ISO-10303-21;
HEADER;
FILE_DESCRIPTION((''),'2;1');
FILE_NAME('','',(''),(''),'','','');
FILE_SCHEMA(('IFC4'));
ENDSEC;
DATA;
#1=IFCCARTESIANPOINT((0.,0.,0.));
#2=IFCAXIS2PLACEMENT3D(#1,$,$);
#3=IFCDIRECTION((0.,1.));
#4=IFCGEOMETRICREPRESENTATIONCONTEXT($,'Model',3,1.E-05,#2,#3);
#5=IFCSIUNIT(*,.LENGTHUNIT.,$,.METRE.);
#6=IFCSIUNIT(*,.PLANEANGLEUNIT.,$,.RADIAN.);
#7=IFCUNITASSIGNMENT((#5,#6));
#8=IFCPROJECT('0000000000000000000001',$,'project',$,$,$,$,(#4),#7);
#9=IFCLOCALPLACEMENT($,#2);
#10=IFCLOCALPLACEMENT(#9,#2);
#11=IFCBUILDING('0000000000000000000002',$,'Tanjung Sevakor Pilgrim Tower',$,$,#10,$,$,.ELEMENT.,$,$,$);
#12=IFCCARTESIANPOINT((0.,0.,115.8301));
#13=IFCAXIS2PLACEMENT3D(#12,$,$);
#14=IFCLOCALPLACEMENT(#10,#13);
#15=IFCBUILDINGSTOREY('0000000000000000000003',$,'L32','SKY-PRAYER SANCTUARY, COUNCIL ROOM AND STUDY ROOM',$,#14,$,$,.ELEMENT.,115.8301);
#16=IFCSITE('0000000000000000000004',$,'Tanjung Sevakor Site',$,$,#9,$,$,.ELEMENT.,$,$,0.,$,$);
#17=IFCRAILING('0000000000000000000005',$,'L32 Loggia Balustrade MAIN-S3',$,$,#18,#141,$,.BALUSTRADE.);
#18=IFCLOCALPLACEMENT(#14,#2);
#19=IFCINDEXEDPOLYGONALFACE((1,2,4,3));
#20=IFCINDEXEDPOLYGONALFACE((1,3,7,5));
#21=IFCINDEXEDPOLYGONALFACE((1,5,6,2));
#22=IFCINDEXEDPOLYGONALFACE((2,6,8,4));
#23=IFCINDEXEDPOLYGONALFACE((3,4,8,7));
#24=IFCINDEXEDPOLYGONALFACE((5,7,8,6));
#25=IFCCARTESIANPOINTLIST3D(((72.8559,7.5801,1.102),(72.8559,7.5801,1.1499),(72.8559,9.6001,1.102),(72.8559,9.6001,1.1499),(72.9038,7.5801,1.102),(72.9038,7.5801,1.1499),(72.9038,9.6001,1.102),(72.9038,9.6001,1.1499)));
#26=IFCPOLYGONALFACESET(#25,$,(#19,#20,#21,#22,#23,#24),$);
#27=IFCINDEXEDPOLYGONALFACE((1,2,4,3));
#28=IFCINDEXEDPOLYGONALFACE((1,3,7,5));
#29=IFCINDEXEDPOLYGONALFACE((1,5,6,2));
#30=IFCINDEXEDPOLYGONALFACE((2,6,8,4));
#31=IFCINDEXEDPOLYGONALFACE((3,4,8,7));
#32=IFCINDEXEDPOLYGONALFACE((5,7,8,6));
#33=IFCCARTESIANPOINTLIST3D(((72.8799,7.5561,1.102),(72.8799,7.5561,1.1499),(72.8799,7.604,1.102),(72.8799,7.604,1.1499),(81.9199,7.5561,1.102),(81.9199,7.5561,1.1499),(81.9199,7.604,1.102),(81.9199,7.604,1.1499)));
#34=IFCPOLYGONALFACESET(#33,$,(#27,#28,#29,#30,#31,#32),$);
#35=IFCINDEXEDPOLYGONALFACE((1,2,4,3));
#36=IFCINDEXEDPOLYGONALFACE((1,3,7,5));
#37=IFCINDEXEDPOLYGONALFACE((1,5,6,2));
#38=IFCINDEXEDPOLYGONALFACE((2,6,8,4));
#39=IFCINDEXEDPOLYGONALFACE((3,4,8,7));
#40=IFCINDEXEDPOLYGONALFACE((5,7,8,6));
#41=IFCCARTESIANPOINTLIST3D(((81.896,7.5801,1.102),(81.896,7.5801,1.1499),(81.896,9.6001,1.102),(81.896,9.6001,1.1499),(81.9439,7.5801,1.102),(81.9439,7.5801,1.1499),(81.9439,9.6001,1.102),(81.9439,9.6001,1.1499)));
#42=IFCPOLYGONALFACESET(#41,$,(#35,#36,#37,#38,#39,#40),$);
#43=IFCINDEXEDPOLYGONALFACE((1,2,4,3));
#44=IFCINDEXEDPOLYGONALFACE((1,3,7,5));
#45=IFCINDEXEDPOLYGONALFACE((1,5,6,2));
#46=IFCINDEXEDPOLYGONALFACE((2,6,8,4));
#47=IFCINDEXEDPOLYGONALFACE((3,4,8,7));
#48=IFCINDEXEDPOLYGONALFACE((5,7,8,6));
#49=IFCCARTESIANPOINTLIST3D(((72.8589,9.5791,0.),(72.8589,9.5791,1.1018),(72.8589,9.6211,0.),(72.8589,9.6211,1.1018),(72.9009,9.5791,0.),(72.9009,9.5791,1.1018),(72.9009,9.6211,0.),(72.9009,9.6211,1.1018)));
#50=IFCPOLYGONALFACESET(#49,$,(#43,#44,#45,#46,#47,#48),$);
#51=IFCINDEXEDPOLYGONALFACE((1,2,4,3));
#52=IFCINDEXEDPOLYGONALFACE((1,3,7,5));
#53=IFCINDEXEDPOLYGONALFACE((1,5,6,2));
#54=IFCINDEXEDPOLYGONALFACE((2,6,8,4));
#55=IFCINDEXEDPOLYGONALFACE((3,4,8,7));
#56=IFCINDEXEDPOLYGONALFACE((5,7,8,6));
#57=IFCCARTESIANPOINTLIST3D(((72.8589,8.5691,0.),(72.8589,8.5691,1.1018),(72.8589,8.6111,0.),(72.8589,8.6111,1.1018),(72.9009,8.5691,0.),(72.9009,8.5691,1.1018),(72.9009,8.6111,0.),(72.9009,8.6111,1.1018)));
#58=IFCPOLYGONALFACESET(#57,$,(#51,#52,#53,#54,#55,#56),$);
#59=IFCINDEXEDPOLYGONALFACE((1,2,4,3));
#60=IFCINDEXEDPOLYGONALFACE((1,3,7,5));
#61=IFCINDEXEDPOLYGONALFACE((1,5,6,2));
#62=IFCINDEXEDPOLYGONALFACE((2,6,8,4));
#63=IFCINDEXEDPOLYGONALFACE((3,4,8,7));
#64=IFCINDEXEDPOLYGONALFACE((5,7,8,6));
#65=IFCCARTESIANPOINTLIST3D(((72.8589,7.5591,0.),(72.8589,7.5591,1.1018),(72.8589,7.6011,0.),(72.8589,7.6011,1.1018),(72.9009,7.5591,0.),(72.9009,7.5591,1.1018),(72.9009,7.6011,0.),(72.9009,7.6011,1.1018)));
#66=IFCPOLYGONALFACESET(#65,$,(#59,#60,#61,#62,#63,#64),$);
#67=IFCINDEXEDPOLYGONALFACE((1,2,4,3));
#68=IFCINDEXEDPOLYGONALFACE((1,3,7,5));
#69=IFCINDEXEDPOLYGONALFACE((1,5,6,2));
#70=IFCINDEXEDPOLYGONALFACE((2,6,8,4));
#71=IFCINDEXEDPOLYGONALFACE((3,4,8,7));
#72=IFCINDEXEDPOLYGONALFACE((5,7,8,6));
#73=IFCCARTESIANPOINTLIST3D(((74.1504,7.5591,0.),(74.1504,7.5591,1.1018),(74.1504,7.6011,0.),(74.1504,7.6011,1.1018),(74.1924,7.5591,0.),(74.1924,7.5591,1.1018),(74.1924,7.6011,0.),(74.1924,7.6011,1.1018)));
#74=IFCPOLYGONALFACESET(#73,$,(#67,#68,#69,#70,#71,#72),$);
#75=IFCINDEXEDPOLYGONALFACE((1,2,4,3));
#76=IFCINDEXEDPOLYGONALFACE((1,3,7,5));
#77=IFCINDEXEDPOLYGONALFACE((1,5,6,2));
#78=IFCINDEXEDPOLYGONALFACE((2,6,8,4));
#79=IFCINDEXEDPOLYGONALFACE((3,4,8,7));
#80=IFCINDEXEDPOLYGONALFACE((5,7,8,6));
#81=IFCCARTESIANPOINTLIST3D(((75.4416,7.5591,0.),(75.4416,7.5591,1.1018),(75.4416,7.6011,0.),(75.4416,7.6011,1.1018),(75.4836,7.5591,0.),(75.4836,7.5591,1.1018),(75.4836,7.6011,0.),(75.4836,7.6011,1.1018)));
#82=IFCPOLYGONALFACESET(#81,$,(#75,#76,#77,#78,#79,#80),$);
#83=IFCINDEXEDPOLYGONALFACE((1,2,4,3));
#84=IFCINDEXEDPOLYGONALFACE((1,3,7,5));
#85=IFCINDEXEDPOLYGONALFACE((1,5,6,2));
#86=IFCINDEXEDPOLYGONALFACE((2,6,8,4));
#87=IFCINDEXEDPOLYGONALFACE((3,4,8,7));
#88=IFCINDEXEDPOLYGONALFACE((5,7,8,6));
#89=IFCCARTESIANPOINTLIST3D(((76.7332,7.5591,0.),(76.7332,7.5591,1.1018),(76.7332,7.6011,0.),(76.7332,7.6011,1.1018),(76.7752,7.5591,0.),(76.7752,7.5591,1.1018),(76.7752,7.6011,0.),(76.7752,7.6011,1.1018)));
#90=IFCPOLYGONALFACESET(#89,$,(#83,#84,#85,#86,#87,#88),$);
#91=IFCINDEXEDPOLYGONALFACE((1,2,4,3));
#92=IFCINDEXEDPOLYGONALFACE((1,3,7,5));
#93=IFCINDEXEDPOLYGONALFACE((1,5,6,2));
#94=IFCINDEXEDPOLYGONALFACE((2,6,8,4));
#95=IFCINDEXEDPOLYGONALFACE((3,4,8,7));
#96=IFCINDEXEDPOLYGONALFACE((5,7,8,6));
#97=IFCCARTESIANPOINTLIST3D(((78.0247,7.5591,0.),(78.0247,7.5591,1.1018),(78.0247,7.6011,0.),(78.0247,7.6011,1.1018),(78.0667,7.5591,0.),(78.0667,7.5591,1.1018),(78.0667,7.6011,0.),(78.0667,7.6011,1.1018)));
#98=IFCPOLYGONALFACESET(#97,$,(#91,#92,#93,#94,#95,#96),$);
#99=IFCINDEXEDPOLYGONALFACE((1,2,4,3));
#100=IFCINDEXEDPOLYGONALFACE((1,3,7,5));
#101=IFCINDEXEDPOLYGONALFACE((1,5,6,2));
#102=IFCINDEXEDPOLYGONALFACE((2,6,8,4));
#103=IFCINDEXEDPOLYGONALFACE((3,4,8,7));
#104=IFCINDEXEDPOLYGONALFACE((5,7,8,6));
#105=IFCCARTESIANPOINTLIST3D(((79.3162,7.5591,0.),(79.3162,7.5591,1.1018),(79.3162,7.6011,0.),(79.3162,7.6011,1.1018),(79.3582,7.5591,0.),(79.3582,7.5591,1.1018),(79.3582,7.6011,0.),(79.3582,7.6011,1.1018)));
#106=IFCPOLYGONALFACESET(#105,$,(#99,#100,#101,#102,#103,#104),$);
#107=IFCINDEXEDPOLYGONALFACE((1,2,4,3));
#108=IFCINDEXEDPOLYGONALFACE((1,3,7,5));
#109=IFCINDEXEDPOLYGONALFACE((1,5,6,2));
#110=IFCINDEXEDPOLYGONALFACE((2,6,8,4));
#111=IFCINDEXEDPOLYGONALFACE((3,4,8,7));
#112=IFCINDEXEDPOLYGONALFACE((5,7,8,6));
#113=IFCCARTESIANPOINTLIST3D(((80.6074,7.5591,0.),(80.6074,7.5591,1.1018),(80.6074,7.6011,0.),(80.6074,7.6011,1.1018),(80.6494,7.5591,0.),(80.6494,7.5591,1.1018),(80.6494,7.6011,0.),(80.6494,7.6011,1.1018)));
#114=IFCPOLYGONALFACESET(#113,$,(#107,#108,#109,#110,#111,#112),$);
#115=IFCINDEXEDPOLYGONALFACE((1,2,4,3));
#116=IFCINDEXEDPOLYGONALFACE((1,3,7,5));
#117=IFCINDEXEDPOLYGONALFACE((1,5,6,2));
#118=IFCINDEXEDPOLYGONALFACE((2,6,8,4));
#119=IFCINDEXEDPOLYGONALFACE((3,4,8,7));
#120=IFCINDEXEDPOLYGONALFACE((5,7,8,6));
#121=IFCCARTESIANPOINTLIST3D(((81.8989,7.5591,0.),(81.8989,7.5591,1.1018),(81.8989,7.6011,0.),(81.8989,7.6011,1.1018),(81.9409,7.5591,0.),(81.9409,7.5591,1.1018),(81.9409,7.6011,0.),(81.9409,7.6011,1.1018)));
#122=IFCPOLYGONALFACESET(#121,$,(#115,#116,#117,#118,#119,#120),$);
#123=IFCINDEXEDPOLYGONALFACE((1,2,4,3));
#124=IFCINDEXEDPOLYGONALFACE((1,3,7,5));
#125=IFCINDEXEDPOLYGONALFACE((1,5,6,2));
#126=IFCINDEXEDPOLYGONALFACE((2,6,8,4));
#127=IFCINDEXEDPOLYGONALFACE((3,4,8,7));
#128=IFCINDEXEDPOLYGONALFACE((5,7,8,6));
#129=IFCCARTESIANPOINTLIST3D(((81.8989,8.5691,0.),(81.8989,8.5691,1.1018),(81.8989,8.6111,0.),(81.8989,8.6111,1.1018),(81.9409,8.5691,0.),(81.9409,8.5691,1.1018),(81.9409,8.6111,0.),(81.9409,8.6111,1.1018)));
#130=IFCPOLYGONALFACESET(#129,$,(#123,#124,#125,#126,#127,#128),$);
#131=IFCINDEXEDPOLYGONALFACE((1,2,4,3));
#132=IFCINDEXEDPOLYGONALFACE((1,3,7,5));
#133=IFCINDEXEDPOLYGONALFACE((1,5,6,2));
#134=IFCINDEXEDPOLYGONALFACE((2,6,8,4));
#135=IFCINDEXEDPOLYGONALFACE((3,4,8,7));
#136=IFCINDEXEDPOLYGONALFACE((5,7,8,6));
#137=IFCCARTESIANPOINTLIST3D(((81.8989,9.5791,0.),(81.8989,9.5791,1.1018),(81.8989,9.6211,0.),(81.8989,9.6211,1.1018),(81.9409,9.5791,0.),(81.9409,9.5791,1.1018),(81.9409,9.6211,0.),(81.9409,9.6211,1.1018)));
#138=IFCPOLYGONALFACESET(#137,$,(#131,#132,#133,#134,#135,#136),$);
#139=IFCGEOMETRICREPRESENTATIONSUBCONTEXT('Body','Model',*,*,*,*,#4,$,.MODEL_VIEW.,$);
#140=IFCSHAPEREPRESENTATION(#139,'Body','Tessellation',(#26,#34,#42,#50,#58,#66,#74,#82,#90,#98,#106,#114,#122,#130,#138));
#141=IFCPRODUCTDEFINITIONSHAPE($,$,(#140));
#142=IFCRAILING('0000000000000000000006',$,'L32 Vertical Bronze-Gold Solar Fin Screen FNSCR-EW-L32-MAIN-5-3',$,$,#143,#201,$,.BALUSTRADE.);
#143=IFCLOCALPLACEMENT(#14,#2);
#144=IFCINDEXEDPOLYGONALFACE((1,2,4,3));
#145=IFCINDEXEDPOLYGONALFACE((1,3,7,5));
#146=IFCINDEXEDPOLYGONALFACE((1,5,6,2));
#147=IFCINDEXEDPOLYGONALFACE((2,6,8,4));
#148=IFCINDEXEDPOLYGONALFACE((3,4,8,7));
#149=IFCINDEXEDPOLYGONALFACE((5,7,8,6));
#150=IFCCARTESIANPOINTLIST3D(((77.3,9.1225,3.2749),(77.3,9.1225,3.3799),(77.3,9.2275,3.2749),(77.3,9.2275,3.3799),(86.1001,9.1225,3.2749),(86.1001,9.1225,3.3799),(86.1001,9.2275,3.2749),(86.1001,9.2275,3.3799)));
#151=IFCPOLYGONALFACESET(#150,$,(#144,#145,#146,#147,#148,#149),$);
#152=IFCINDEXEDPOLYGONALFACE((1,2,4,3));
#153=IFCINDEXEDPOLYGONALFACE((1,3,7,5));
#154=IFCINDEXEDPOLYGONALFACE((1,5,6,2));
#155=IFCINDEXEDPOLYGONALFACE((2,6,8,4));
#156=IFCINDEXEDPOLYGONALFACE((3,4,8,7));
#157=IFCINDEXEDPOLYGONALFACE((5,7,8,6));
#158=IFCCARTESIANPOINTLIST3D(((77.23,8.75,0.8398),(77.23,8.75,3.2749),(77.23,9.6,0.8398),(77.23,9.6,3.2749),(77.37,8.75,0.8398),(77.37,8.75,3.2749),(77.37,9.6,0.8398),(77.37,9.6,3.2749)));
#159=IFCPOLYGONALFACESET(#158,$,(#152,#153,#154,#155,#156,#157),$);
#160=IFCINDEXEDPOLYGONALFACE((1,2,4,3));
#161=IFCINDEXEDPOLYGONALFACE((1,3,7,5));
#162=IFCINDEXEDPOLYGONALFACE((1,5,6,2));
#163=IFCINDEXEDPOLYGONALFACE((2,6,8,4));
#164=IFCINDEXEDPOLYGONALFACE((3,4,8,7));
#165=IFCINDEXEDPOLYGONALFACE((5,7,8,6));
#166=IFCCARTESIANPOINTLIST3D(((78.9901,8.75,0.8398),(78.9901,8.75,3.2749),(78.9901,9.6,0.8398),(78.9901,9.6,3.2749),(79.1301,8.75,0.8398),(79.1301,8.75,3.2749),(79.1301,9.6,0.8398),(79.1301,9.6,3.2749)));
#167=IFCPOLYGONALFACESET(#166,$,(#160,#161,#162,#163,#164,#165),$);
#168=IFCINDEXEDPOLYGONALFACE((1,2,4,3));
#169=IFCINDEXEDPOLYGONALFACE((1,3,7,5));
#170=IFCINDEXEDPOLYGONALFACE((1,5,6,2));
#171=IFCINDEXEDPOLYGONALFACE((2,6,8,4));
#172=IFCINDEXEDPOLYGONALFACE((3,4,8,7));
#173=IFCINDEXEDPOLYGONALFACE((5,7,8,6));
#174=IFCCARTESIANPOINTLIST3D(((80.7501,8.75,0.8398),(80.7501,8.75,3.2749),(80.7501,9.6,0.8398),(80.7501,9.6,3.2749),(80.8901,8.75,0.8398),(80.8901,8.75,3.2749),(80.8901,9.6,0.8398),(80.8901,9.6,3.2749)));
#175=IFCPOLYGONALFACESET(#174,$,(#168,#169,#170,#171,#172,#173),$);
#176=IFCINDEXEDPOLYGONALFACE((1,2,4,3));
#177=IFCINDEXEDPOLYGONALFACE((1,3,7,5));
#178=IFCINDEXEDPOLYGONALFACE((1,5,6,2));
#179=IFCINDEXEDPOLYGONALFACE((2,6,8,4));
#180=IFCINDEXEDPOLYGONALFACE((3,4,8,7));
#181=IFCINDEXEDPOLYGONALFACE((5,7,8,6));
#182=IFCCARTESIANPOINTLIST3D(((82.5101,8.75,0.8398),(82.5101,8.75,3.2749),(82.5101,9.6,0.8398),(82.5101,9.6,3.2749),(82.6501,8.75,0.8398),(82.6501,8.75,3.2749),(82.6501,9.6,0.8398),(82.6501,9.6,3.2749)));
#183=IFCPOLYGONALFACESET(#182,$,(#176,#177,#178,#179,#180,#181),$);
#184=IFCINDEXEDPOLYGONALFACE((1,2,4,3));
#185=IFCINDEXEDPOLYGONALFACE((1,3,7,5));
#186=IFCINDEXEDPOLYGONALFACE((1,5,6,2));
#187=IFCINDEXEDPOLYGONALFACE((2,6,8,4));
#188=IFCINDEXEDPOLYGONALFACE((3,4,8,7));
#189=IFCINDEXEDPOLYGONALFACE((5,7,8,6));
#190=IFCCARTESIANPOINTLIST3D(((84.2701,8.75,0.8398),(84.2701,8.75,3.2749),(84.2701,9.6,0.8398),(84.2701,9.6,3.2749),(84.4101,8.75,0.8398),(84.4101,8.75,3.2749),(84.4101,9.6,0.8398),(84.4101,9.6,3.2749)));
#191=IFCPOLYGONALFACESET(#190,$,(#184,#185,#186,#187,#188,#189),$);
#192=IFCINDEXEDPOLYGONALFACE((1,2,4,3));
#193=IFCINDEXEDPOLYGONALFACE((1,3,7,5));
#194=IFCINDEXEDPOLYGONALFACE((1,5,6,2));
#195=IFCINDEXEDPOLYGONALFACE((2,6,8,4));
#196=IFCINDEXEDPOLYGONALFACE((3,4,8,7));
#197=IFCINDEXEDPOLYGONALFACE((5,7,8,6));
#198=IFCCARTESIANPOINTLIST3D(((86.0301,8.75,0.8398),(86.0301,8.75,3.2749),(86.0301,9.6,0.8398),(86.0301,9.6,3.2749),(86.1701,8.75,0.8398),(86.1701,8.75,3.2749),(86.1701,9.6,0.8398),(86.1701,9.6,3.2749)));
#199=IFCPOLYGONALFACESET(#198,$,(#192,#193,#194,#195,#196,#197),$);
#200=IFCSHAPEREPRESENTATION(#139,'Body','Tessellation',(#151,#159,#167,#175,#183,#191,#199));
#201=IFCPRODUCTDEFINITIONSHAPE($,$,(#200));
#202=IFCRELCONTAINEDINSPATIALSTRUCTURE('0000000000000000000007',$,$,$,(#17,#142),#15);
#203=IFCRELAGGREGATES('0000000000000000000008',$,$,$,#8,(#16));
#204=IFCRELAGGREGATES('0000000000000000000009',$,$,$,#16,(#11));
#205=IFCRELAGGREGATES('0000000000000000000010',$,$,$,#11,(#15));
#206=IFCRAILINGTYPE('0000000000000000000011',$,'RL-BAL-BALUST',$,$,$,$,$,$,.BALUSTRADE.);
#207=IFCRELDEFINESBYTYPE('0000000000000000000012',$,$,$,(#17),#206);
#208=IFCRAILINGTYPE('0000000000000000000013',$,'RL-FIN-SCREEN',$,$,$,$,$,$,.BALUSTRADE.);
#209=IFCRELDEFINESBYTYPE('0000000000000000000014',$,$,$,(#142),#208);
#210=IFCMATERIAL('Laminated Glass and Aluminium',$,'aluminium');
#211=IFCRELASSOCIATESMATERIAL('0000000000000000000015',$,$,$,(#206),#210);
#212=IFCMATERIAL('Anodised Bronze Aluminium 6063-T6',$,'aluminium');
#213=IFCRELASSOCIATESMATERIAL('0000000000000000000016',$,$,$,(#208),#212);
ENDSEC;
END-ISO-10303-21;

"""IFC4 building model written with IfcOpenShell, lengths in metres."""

from ifc_helpers import new_model, si_unit, direction, frame, origin, place, context, subcontext, project, spatial, rectangle, extrude, material, type_object, element, save


model = new_model("IFC4")

# Units and contexts
model_context = context("Model", 3, precision=1e-05, world=origin(), true_north=direction((0.0, 1.0)))
body_context = subcontext(model_context, "Body", "Model", "MODEL_VIEW")
ifc_project = project(units=[si_unit("LENGTHUNIT", "METRE"), si_unit("PLANEANGLEUNIT", "RADIAN")], contexts=[model_context])

# Site, building, storey
site_placement = place(None, origin())
site = spatial("IfcSite", under=ifc_project, at=site_placement, Name="Tanjung Sevakor Site", CompositionType="ELEMENT", RefElevation=0.0)
building_placement = place(site_placement, origin())
building = spatial("IfcBuilding", under=site, at=building_placement, Name="Tanjung Sevakor Pilgrim Tower", CompositionType="ELEMENT")
storey_placement = place(building_placement, frame((0.0, 0.0, 115.8301)))
storey = spatial("IfcBuildingStorey", under=building, at=storey_placement, Name="L32", Description="SKY-PRAYER SANCTUARY, COUNCIL ROOM AND STUDY ROOM", CompositionType="ELEMENT", Elevation=115.8301)

# Railings
ifc_material_1 = material(Name="Laminated Glass and Aluminium", Category="aluminium")
railing_type_1 = type_object("IfcRailingType", Name="RL-BAL-BALUST", PredefinedType="BALUSTRADE", material=ifc_material_1)
railing_1_placement = place(storey_placement, frame((72.8799, 9.6001, 0.0)))
element("IfcRailing", 1, at=railing_1_placement, inside=storey, type_object=railing_type_1, Name="L32 Loggia Balustrade MAIN-S3", PredefinedType="BALUSTRADE", context=body_context, shape_type="SweptSolid", body=[
    extrude(rectangle(XDim=0.0479, YDim=0.0479), frame((0.0, 0.0, 1.126), z_axis=(0.0, -1.0, 0.0), x_axis=(1.0, 0.0, 0.0)), (0.0, 0.0, 1.0), 2.02),
    extrude(rectangle(XDim=0.0479, YDim=0.0479), frame((0.0, -2.02, 1.126), z_axis=(1.0, 0.0, 0.0), x_axis=(0.0, 1.0, 0.0)), (0.0, 0.0, 1.0), 9.04),
    extrude(rectangle(XDim=0.0479, YDim=0.0479), frame((9.04, -2.02, 1.126), z_axis=(0.0, 1.0, 0.0), x_axis=(-1.0, 0.0, 0.0)), (0.0, 0.0, 1.0), 2.02),
    extrude(rectangle(XDim=0.042, YDim=0.042), origin(), (0.0, 0.0, 1.0), 1.1018),
    extrude(rectangle(XDim=0.042, YDim=0.042), frame((0.0, -1.01, 0.0)), (0.0, 0.0, 1.0), 1.1018),
    extrude(rectangle(XDim=0.042, YDim=0.042), frame((0.0, -2.02, 0.0)), (0.0, 0.0, 1.0), 1.1018),
    extrude(rectangle(XDim=0.042, YDim=0.042), frame((1.2915, -2.02, 0.0)), (0.0, 0.0, 1.0), 1.1018),
    extrude(rectangle(XDim=0.042, YDim=0.042), frame((2.5828, -2.02, 0.0)), (0.0, 0.0, 1.0), 1.1018),
    extrude(rectangle(XDim=0.042, YDim=0.042), frame((3.8743, -2.02, 0.0)), (0.0, 0.0, 1.0), 1.1018),
    extrude(rectangle(XDim=0.042, YDim=0.042), frame((5.1658, -2.02, 0.0)), (0.0, 0.0, 1.0), 1.1018),
    extrude(rectangle(XDim=0.042, YDim=0.042), frame((6.4573, -2.02, 0.0)), (0.0, 0.0, 1.0), 1.1018),
    extrude(rectangle(XDim=0.042, YDim=0.042), frame((7.7485, -2.02, 0.0)), (0.0, 0.0, 1.0), 1.1018),
    extrude(rectangle(XDim=0.042, YDim=0.042), frame((9.04, -2.02, 0.0)), (0.0, 0.0, 1.0), 1.1018),
    extrude(rectangle(XDim=0.042, YDim=0.042), frame((9.04, -1.01, 0.0)), (0.0, 0.0, 1.0), 1.1018),
    extrude(rectangle(XDim=0.042, YDim=0.042), frame((9.04, 0.0, 0.0)), (0.0, 0.0, 1.0), 1.1018),
])
ifc_material_2 = material(Name="Anodised Bronze Aluminium 6063-T6", Category="aluminium")
railing_type_2 = type_object("IfcRailingType", Name="RL-FIN-SCREEN", PredefinedType="BALUSTRADE", material=ifc_material_2)
railing_2_placement = place(storey_placement, frame((77.3, 9.175, 0.8398)))
element("IfcRailing", 2, at=railing_2_placement, inside=storey, type_object=railing_type_2, Name="L32 Vertical Bronze-Gold Solar Fin Screen FNSCR-EW-L32-MAIN-5-3", PredefinedType="BALUSTRADE", context=body_context, shape_type="SweptSolid", body=[
    extrude(rectangle(XDim=0.105, YDim=0.105), frame((0.0, 0.0, 2.4875), z_axis=(1.0, 0.0, 0.0), x_axis=(0.0, 1.0, 0.0)), (0.0, 0.0, 1.0), 8.8),
    extrude(rectangle(XDim=0.14, YDim=0.85), origin(), (0.0, 0.0, 1.0), 2.4351),
    extrude(rectangle(XDim=0.14, YDim=0.85), frame((1.76, 0.0, 0.0)), (0.0, 0.0, 1.0), 2.4351),
    extrude(rectangle(XDim=0.14, YDim=0.85), frame((3.52, 0.0, 0.0)), (0.0, 0.0, 1.0), 2.4351),
    extrude(rectangle(XDim=0.14, YDim=0.85), frame((5.28, 0.0, 0.0)), (0.0, 0.0, 1.0), 2.4351),
    extrude(rectangle(XDim=0.14, YDim=0.85), frame((7.04, 0.0, 0.0)), (0.0, 0.0, 1.0), 2.4351),
    extrude(rectangle(XDim=0.14, YDim=0.85), frame((8.8, 0.0, 0.0)), (0.0, 0.0, 1.0), 2.4351),
])

save(model, "model.ifc")
